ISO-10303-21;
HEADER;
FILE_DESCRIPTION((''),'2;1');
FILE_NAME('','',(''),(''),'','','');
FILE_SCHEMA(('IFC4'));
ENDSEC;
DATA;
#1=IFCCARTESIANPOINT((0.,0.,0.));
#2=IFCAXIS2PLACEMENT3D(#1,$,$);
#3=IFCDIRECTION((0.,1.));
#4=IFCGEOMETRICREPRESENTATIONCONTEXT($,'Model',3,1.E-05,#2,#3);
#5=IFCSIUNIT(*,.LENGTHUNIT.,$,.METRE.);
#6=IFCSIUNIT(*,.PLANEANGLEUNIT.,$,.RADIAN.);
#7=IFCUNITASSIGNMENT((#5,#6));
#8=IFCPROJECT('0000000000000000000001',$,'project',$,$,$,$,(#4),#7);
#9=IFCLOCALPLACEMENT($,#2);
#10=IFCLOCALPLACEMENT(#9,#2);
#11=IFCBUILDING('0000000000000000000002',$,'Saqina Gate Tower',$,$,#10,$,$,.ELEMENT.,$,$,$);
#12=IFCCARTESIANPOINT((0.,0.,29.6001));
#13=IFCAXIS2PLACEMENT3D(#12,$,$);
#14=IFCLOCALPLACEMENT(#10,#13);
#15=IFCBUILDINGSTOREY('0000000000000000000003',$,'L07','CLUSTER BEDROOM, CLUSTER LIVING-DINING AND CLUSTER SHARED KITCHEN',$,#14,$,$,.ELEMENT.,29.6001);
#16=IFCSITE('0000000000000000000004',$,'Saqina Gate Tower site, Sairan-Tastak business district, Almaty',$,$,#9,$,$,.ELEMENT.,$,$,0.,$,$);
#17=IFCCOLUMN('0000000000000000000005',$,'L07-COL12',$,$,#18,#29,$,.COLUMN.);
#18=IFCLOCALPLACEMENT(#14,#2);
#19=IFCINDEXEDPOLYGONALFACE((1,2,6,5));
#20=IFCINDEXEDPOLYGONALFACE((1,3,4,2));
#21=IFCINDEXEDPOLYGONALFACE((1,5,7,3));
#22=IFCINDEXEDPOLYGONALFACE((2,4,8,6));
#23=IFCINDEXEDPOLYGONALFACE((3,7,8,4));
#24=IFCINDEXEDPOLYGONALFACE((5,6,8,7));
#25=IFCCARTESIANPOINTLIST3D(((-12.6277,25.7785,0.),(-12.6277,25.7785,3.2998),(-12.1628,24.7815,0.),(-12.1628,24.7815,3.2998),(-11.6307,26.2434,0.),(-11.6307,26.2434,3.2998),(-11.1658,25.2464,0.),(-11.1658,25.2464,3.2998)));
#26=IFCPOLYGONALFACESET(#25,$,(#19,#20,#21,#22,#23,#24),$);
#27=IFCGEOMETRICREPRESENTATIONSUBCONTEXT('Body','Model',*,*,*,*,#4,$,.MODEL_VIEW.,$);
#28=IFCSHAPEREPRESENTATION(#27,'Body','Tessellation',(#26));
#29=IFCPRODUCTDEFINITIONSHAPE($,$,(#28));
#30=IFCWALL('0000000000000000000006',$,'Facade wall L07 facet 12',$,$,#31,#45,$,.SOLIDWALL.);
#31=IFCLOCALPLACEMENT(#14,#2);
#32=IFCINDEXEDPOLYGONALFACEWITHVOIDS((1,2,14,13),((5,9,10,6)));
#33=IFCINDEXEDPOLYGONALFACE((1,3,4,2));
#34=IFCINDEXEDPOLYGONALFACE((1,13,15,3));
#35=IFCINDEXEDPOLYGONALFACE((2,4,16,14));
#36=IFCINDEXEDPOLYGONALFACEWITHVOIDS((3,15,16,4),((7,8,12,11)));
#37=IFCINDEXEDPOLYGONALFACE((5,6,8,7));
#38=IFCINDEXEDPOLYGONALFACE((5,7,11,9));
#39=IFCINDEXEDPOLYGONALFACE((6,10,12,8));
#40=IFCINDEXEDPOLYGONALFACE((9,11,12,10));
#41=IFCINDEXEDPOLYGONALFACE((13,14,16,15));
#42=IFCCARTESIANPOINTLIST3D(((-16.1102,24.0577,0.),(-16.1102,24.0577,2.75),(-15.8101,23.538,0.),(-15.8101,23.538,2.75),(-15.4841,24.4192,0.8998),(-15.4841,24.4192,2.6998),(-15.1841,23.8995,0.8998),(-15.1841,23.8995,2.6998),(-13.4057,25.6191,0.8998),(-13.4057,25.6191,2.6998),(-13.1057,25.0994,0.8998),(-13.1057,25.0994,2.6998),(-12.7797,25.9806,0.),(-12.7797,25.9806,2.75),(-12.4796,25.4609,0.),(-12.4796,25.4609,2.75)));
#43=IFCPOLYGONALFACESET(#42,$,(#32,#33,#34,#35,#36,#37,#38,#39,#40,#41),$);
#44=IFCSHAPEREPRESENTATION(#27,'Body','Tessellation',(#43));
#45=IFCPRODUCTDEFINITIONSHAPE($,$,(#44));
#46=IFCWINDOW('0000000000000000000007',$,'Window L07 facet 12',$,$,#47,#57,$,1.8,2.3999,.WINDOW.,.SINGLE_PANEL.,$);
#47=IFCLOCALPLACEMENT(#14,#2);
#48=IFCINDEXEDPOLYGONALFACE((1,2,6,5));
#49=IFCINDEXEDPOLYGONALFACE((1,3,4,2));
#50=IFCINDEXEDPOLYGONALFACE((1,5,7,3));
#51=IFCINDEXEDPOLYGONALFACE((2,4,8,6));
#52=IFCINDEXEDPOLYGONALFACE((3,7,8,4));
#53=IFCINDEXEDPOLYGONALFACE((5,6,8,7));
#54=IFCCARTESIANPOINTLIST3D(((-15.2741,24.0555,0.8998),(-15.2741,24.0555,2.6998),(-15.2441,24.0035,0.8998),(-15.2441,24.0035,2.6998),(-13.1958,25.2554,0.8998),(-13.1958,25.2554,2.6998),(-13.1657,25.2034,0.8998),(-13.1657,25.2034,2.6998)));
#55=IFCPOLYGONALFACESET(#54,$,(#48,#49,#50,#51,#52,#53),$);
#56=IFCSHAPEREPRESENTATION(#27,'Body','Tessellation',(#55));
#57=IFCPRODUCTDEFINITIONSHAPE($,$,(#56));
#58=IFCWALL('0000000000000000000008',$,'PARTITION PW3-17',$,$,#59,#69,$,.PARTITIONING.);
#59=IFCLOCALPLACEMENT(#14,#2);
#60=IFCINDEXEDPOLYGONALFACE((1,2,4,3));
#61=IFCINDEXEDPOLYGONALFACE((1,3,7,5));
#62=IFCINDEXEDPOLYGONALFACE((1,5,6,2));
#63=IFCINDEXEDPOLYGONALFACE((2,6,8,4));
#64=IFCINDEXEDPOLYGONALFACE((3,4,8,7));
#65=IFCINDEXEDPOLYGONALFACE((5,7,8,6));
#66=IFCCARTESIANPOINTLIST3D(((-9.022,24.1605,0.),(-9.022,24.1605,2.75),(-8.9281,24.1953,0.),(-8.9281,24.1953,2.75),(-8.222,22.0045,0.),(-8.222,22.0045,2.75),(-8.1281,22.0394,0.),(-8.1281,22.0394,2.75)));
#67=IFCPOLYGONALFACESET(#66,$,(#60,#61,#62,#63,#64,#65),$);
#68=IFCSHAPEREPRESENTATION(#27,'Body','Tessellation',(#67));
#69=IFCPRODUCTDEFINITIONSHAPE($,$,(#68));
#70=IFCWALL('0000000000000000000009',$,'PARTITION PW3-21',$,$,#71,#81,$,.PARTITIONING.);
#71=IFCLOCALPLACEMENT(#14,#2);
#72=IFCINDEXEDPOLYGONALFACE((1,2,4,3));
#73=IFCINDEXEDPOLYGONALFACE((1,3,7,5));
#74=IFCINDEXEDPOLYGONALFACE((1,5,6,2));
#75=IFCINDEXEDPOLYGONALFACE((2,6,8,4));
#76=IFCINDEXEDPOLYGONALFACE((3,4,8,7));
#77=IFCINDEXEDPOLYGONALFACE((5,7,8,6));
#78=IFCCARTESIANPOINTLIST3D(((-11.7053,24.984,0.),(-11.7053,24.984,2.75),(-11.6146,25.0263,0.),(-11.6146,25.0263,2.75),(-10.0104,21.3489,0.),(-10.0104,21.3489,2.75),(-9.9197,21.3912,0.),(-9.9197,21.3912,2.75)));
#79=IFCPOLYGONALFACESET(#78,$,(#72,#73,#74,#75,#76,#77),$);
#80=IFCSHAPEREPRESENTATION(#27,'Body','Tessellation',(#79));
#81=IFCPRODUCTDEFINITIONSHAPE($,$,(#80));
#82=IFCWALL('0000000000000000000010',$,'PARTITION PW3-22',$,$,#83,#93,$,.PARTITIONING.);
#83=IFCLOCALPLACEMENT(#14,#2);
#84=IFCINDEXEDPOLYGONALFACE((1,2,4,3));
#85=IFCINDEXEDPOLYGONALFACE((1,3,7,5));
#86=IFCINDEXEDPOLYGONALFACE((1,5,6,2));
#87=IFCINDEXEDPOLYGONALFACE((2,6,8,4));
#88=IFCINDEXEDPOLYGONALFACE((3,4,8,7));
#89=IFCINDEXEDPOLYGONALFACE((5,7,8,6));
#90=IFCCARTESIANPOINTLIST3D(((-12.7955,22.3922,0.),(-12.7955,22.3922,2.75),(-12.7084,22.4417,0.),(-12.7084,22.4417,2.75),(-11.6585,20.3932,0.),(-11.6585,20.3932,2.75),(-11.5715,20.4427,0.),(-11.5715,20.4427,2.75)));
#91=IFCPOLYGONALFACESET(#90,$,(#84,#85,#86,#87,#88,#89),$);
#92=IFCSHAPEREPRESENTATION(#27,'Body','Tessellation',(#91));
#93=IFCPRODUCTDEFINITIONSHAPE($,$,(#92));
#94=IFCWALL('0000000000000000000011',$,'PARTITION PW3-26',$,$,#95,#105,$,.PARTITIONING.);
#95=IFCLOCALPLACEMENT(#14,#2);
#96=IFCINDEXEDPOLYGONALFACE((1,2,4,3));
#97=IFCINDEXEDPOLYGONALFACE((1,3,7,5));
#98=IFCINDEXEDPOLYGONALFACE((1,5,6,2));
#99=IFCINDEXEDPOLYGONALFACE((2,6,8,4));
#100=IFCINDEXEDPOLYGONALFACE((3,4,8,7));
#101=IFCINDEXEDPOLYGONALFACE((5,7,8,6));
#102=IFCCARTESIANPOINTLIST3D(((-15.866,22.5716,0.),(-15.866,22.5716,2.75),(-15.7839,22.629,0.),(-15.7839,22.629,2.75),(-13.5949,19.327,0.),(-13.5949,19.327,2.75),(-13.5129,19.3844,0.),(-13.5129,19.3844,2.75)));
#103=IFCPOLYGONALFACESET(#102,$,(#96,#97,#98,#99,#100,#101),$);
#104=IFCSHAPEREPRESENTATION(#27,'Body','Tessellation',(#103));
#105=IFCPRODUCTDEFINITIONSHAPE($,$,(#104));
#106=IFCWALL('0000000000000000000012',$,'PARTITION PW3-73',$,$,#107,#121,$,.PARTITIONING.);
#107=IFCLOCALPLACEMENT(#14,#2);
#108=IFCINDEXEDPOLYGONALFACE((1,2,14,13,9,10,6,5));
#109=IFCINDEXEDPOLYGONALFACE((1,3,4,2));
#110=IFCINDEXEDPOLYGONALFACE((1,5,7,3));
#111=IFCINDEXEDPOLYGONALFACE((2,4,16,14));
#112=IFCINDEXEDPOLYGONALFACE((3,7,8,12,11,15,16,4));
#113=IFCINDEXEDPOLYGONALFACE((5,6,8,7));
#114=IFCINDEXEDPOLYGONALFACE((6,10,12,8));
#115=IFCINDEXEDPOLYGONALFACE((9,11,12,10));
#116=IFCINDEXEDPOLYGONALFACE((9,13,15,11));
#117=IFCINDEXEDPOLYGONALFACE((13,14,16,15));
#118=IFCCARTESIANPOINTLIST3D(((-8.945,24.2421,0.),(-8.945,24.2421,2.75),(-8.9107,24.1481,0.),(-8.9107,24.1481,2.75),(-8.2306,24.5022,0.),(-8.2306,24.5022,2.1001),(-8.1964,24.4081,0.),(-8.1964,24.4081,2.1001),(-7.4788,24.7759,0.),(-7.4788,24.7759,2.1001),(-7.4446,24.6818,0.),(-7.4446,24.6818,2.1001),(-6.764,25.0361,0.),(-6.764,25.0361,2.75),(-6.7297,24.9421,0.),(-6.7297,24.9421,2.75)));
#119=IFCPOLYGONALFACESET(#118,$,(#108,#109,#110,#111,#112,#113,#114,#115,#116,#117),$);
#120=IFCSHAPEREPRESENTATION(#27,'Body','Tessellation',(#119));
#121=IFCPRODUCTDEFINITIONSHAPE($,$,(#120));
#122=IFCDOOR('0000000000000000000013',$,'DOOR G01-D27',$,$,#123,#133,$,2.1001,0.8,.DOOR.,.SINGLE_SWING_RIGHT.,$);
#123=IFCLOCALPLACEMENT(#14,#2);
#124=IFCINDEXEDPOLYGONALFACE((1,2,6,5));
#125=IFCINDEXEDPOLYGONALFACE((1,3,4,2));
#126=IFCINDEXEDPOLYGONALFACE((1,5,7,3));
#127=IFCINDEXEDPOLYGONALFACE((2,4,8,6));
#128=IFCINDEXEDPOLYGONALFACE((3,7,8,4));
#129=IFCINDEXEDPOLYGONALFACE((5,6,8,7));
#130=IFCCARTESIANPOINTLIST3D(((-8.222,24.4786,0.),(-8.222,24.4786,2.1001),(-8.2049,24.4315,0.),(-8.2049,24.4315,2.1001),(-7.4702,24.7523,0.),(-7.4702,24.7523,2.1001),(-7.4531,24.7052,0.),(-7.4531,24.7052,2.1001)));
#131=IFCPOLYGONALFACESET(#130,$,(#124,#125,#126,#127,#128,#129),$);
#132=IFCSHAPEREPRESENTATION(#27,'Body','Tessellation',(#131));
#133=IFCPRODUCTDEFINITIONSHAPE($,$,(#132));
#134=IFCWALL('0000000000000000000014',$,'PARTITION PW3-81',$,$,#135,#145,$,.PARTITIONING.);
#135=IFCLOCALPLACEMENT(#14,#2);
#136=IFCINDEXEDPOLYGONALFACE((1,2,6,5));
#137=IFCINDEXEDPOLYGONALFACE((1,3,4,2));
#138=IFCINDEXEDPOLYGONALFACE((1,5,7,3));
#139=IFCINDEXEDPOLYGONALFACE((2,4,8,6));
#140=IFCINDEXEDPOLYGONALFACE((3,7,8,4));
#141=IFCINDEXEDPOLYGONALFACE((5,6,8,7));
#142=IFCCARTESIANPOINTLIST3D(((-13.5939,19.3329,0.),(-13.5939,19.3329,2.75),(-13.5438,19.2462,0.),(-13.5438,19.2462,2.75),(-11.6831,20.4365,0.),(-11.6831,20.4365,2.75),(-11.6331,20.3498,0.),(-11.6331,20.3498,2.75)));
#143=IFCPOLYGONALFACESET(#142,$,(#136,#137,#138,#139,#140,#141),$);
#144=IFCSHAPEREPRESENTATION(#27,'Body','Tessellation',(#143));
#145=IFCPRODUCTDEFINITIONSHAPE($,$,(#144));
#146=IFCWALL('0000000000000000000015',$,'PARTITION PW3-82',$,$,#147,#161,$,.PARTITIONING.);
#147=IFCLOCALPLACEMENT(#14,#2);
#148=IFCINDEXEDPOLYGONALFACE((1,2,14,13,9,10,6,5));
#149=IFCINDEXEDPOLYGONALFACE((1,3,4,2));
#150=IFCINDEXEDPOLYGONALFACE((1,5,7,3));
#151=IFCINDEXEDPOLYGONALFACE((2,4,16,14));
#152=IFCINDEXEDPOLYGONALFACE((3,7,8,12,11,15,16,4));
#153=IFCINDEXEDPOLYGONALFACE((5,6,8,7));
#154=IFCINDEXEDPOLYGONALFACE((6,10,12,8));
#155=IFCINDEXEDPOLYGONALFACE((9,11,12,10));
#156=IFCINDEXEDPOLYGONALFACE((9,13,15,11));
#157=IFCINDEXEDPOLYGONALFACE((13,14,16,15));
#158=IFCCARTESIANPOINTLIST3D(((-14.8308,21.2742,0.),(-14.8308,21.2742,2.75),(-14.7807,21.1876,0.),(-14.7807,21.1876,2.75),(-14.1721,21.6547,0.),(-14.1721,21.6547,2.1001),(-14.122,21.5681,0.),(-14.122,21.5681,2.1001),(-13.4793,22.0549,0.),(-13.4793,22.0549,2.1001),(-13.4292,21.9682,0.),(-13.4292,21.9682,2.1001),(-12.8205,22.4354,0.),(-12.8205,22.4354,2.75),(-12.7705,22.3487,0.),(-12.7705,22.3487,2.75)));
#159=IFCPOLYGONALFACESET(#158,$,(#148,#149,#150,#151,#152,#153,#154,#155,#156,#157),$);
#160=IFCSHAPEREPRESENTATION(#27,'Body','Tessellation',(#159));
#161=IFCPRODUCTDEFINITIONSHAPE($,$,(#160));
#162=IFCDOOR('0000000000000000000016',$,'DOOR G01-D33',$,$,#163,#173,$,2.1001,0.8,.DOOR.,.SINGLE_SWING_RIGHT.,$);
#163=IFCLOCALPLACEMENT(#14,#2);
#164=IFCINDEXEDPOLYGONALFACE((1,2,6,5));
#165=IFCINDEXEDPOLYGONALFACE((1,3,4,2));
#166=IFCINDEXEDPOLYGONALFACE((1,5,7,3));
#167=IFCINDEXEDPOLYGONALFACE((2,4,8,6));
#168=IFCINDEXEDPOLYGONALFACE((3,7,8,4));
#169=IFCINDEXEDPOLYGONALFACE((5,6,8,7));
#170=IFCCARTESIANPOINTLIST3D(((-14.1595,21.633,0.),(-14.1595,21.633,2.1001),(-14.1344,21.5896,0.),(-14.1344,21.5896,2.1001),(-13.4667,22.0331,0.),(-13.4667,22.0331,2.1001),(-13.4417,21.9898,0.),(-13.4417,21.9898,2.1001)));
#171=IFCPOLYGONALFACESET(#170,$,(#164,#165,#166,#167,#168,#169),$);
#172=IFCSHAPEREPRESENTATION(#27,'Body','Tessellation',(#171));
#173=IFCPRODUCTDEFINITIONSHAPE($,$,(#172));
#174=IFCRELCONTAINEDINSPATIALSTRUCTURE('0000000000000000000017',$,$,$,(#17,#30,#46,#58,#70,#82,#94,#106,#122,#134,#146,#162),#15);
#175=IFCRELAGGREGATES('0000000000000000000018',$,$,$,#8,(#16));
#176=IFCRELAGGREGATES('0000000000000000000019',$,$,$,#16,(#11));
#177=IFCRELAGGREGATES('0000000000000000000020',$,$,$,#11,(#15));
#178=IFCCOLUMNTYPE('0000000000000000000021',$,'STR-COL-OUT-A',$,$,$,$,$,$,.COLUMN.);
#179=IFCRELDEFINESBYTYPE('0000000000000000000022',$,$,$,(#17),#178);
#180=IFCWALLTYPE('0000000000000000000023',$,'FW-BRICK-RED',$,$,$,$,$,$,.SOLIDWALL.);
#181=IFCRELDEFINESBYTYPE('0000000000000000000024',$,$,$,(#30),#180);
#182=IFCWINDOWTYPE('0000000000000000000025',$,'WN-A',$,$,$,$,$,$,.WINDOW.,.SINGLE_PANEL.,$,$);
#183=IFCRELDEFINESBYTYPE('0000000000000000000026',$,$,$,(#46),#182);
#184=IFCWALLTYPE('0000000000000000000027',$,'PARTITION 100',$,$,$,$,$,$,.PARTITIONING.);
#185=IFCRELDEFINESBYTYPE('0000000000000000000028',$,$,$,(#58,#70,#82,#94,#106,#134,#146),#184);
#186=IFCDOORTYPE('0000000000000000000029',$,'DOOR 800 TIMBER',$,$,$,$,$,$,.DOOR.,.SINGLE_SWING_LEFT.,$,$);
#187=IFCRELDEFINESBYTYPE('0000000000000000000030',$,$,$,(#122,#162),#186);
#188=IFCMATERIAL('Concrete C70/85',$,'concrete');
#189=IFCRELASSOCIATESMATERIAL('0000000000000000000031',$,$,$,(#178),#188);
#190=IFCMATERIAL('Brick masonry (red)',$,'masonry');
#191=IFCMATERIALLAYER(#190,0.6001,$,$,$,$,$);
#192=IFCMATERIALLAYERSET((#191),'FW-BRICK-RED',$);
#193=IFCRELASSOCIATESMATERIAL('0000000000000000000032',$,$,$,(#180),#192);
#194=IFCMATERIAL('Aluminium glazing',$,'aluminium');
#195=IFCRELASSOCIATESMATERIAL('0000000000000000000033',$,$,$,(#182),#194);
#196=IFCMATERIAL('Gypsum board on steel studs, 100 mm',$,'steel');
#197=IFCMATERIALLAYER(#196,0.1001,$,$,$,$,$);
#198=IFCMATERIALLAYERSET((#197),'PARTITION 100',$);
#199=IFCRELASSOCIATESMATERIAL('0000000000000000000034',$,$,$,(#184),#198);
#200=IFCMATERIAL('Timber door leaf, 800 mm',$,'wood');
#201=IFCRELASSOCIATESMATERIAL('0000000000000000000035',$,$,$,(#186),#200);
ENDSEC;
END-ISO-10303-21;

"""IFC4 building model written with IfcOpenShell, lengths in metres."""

from ifc_helpers import new_model, si_unit, direction, frame, frame_2d, origin, origin_2d, place, context, subcontext, project, spatial, rectangle, extrude, material, layer, layer_set, material_profile, profile_set, type_object, element, fill, save


model = new_model("IFC4")

# Units and contexts
model_context = context("Model", 3, precision=1e-05, world=origin(), true_north=direction((0.0, 1.0)))
body_context = subcontext(model_context, "Body", "Model", "MODEL_VIEW")
ifc_project = project(units=[si_unit("LENGTHUNIT", "METRE"), si_unit("PLANEANGLEUNIT", "RADIAN")], contexts=[model_context])

# Site, building, storey
site_placement = place(None, origin())
site = spatial("IfcSite", under=ifc_project, at=site_placement, Name="Saqina Gate Tower site, Sairan-Tastak business district, Almaty", CompositionType="ELEMENT", RefElevation=0.0)
building_placement = place(site_placement, origin())
building = spatial("IfcBuilding", under=site, at=building_placement, Name="Saqina Gate Tower", CompositionType="ELEMENT")
storey_placement = place(building_placement, frame((0.0, 0.0, 29.6001)))
storey = spatial("IfcBuildingStorey", under=building, at=storey_placement, Name="L07", Description="CLUSTER BEDROOM, CLUSTER LIVING-DINING AND CLUSTER SHARED KITCHEN", CompositionType="ELEMENT", Elevation=29.6001)

# Column
ifc_material_1 = material(Name="Concrete C70/85", Category="concrete")
ifc_material_profile = material_profile(ifc_material_1, rectangle(XDim=1.1001, YDim=1.1001, at=origin_2d()), Name="RC 1100x1100")
ifc_profile_set = profile_set([ifc_material_profile], Name="Concrete C70/85")
column_type = type_object("IfcColumnType", Name="STR-COL-OUT-A", PredefinedType="COLUMN", material=ifc_profile_set)
column_placement = place(storey_placement, frame((-11.8967, 25.5125, 0.0), z_axis=(0.0, 0.0, 1.0), x_axis=(-0.422618, 0.906308, 0.0)))
element("IfcColumn", 1, at=column_placement, inside=storey, type_object=column_type, Name="L07-COL12", PredefinedType="COLUMN", context=body_context, shape_type="SweptSolid", body=[
    extrude(rectangle(XDim=1.1001, YDim=1.1001, at=origin_2d()), origin(), (0.0, 0.0, 1.0), 3.2998),
])

# Wall, opening, window
ifc_material_2 = material(Name="Brick masonry (red)", Category="masonry")
ifc_layer_1 = layer(ifc_material_2, 0.6001)
ifc_layer_set_1 = layer_set([ifc_layer_1], Name="FW-BRICK-RED")
wall_type_1 = type_object("IfcWallType", Name="FW-BRICK-RED", PredefinedType="SOLIDWALL", material=ifc_layer_set_1)
wall_1_placement = place(storey_placement, frame((-12.6296, 25.7207, 0.0), z_axis=(0.0, 0.0, 1.0), x_axis=(-0.866031, -0.49999, 0.0)))
wall_1 = element("IfcWall", 2, at=wall_1_placement, inside=storey, type_object=wall_type_1, Name="Facade wall L07 facet 12", PredefinedType="SOLIDWALL", context=body_context, shape_type="SweptSolid", body=[
    extrude(rectangle(XDim=3.8457, YDim=0.6001, at=frame_2d((1.9229, 0.0))), origin(), (0.0, 0.0, 1.0), 2.75),
])
opening_1_placement = place(wall_1_placement, frame((0.7229, 0.0, 0.8999)))
opening_1 = element("IfcOpeningElement", 3, at=opening_1_placement, cuts=wall_1, PredefinedType="OPENING", context=body_context, shape_type="SweptSolid", body=[
    extrude(rectangle(XDim=2.3999, YDim=1.8, at=frame_2d((1.2, 0.8999))), frame((0.0, 0.312, 0.0), z_axis=(0.0, -1.0, 0.0), x_axis=(1.0, 0.0, 0.0)), (0.0, 0.0, 1.0), 0.624),
])
ifc_material_3 = material(Name="Aluminium glazing", Category="aluminium")
window_type = type_object("IfcWindowType", Name="WN-A", PartitioningType="SINGLE_PANEL", PredefinedType="WINDOW", material=ifc_material_3)
window_placement = place(opening_1_placement, origin())
window = element("IfcWindow", 4, at=window_placement, inside=storey, type_object=window_type, Name="Window L07 facet 12", OverallHeight=1.8, OverallWidth=2.3999, PartitioningType="SINGLE_PANEL", PredefinedType="WINDOW", context=body_context, shape_type="SweptSolid", body=[
    extrude(rectangle(XDim=2.3999, YDim=1.8, at=frame_2d((1.2, 0.8999))), frame((0.0, 0.1799, 0.0), z_axis=(0.0, -1.0, 0.0), x_axis=(1.0, 0.0, 0.0)), (0.0, 0.0, 1.0), 0.0601),
])
fill(opening_1, window)

# Walls
ifc_material_4 = material(Name="Gypsum board on steel studs, 100 mm", Category="steel")
ifc_layer_2 = layer(ifc_material_4, 0.1001)
ifc_layer_set_2 = layer_set([ifc_layer_2], Name="PARTITION 100")
wall_type_2 = type_object("IfcWallType", Name="PARTITION 100", PredefinedType="PARTITIONING", material=ifc_layer_set_2)
wall_2_placement = place(storey_placement, frame((-8.9751, 24.178, 0.0), z_axis=(0.0, 0.0, 1.0), x_axis=(0.347899, -0.937532, 0.0)))
element("IfcWall", 5, at=wall_2_placement, inside=storey, type_object=wall_type_2, Name="PARTITION PW3-17", PredefinedType="PARTITIONING", context=body_context, shape_type="SweptSolid", body=[
    extrude(rectangle(XDim=2.2996, YDim=0.1001, at=frame_2d((1.1499, 0.0))), origin(), (0.0, 0.0, 1.0), 2.75),
])
wall_3_placement = place(storey_placement, frame((-11.6599, 25.0051, 0.0), z_axis=(0.0, 0.0, 1.0), x_axis=(0.422576, -0.906328, 0.0)))
element("IfcWall", 6, at=wall_3_placement, inside=storey, type_object=wall_type_2, Name="PARTITION PW3-21", PredefinedType="PARTITIONING", context=body_context, shape_type="SweptSolid", body=[
    extrude(rectangle(XDim=4.0107, YDim=0.1001, at=frame_2d((2.0054, 0.0))), origin(), (0.0, 0.0, 1.0), 2.75),
])
wall_4_placement = place(storey_placement, frame((-12.752, 22.417, 0.0), z_axis=(0.0, 0.0, 1.0), x_axis=(0.494389, -0.869241, 0.0)))
element("IfcWall", 7, at=wall_4_placement, inside=storey, type_object=wall_type_2, Name="PARTITION PW3-22", PredefinedType="PARTITIONING", context=body_context, shape_type="SweptSolid", body=[
    extrude(rectangle(XDim=2.2998, YDim=0.1001, at=frame_2d((1.1499, 0.0))), origin(), (0.0, 0.0, 1.0), 2.75),
])
wall_5_placement = place(storey_placement, frame((-15.825, 22.6003, 0.0), z_axis=(0.0, 0.0, 1.0), x_axis=(0.573421, -0.819261, 0.0)))
element("IfcWall", 8, at=wall_5_placement, inside=storey, type_object=wall_type_2, Name="PARTITION PW3-26", PredefinedType="PARTITIONING", context=body_context, shape_type="SweptSolid", body=[
    extrude(rectangle(XDim=3.9604, YDim=0.1001, at=frame_2d((1.9802, 0.0))), origin(), (0.0, 0.0, 1.0), 2.75),
])

# Wall, opening, door
wall_6_placement = place(storey_placement, frame((-8.928, 24.1951, 0.0), z_axis=(0.0, 0.0, 1.0), x_axis=(0.939671, 0.342081, 0.0)))
wall_6 = element("IfcWall", 9, at=wall_6_placement, inside=storey, type_object=wall_type_2, Name="PARTITION PW3-73", PredefinedType="PARTITIONING", context=body_context, shape_type="SweptSolid", body=[
    extrude(rectangle(XDim=2.321, YDim=0.1001, at=frame_2d((1.1606, 0.0))), origin(), (0.0, 0.0, 1.0), 2.75),
])
opening_2_placement = place(wall_6_placement, frame((0.7605, 0.0, 0.0)))
opening_2 = element("IfcOpeningElement", 10, at=opening_2_placement, cuts=wall_6, PredefinedType="OPENING", context=body_context, shape_type="SweptSolid", body=[
    extrude(rectangle(XDim=0.8, YDim=2.1001, at=frame_2d((0.3999, 1.05))), frame((0.0, 0.062, 0.0), z_axis=(0.0, -1.0, 0.0), x_axis=(1.0, 0.0, 0.0)), (0.0, 0.0, 1.0), 0.124),
])
ifc_material_5 = material(Name="Timber door leaf, 800 mm", Category="wood")
door_type_1 = type_object("IfcDoorType", Name="DOOR 800 TIMBER", OperationType="SINGLE_SWING_LEFT", PredefinedType="DOOR", material=ifc_material_5)
door_1_placement = place(opening_2_placement, origin())
door_1 = element("IfcDoor", 11, at=door_1_placement, inside=storey, type_object=door_type_1, Name="DOOR G01-D27", OperationType="SINGLE_SWING_RIGHT", OverallHeight=2.1001, OverallWidth=0.8, PredefinedType="DOOR", context=body_context, shape_type="SweptSolid", body=[
    extrude(rectangle(XDim=0.8, YDim=2.1001, at=frame_2d((0.3999, 1.05))), frame((0.0, 0.0249, 0.0), z_axis=(0.0, -1.0, 0.0), x_axis=(1.0, 0.0, 0.0)), (0.0, 0.0, 1.0), 0.05),
])
fill(opening_2, door_1)

# Wall
wall_7_placement = place(storey_placement, frame((-13.5688, 19.2896, 0.0), z_axis=(0.0, 0.0, 1.0), x_axis=(0.865946, 0.500137, 0.0)))
element("IfcWall", 12, at=wall_7_placement, inside=storey, type_object=wall_type_2, Name="PARTITION PW3-81", PredefinedType="PARTITIONING", context=body_context, shape_type="SweptSolid", body=[
    extrude(rectangle(XDim=2.2065, YDim=0.1001, at=frame_2d((1.1033, 0.0))), origin(), (0.0, 0.0, 1.0), 2.75),
])

# Wall, opening, door
wall_8_placement = place(storey_placement, frame((-14.8057, 21.231, 0.0), z_axis=(0.0, 0.0, 1.0), x_axis=(0.86593, 0.500165, 0.0)))
wall_8 = element("IfcWall", 13, at=wall_8_placement, inside=storey, type_object=wall_type_2, Name="PARTITION PW3-82", PredefinedType="PARTITIONING", context=body_context, shape_type="SweptSolid", body=[
    extrude(rectangle(XDim=2.3215, YDim=0.1001, at=frame_2d((1.1606, 0.0))), origin(), (0.0, 0.0, 1.0), 2.75),
])
opening_3_placement = place(wall_8_placement, frame((0.7607, 0.0, 0.0)))
opening_3 = element("IfcOpeningElement", 14, at=opening_3_placement, cuts=wall_8, PredefinedType="OPENING", context=body_context, shape_type="SweptSolid", body=[
    extrude(rectangle(XDim=0.8, YDim=2.1001, at=frame_2d((0.3999, 1.05))), frame((0.0, 0.062, 0.0), z_axis=(0.0, -1.0, 0.0), x_axis=(1.0, 0.0, 0.0)), (0.0, 0.0, 1.0), 0.124),
])
door_2_placement = place(opening_3_placement, origin())
door_2 = element("IfcDoor", 15, at=door_2_placement, inside=storey, type_object=door_type_1, Name="DOOR G01-D33", OperationType="SINGLE_SWING_RIGHT", OverallHeight=2.1001, OverallWidth=0.8, PredefinedType="DOOR", context=body_context, shape_type="SweptSolid", body=[
    extrude(rectangle(XDim=0.8, YDim=2.1001, at=frame_2d((0.3999, 1.05))), frame((0.0, 0.0249, 0.0), z_axis=(0.0, -1.0, 0.0), x_axis=(1.0, 0.0, 0.0)), (0.0, 0.0, 1.0), 0.05),
])
fill(opening_3, door_2)

save(model, "model.ifc")
